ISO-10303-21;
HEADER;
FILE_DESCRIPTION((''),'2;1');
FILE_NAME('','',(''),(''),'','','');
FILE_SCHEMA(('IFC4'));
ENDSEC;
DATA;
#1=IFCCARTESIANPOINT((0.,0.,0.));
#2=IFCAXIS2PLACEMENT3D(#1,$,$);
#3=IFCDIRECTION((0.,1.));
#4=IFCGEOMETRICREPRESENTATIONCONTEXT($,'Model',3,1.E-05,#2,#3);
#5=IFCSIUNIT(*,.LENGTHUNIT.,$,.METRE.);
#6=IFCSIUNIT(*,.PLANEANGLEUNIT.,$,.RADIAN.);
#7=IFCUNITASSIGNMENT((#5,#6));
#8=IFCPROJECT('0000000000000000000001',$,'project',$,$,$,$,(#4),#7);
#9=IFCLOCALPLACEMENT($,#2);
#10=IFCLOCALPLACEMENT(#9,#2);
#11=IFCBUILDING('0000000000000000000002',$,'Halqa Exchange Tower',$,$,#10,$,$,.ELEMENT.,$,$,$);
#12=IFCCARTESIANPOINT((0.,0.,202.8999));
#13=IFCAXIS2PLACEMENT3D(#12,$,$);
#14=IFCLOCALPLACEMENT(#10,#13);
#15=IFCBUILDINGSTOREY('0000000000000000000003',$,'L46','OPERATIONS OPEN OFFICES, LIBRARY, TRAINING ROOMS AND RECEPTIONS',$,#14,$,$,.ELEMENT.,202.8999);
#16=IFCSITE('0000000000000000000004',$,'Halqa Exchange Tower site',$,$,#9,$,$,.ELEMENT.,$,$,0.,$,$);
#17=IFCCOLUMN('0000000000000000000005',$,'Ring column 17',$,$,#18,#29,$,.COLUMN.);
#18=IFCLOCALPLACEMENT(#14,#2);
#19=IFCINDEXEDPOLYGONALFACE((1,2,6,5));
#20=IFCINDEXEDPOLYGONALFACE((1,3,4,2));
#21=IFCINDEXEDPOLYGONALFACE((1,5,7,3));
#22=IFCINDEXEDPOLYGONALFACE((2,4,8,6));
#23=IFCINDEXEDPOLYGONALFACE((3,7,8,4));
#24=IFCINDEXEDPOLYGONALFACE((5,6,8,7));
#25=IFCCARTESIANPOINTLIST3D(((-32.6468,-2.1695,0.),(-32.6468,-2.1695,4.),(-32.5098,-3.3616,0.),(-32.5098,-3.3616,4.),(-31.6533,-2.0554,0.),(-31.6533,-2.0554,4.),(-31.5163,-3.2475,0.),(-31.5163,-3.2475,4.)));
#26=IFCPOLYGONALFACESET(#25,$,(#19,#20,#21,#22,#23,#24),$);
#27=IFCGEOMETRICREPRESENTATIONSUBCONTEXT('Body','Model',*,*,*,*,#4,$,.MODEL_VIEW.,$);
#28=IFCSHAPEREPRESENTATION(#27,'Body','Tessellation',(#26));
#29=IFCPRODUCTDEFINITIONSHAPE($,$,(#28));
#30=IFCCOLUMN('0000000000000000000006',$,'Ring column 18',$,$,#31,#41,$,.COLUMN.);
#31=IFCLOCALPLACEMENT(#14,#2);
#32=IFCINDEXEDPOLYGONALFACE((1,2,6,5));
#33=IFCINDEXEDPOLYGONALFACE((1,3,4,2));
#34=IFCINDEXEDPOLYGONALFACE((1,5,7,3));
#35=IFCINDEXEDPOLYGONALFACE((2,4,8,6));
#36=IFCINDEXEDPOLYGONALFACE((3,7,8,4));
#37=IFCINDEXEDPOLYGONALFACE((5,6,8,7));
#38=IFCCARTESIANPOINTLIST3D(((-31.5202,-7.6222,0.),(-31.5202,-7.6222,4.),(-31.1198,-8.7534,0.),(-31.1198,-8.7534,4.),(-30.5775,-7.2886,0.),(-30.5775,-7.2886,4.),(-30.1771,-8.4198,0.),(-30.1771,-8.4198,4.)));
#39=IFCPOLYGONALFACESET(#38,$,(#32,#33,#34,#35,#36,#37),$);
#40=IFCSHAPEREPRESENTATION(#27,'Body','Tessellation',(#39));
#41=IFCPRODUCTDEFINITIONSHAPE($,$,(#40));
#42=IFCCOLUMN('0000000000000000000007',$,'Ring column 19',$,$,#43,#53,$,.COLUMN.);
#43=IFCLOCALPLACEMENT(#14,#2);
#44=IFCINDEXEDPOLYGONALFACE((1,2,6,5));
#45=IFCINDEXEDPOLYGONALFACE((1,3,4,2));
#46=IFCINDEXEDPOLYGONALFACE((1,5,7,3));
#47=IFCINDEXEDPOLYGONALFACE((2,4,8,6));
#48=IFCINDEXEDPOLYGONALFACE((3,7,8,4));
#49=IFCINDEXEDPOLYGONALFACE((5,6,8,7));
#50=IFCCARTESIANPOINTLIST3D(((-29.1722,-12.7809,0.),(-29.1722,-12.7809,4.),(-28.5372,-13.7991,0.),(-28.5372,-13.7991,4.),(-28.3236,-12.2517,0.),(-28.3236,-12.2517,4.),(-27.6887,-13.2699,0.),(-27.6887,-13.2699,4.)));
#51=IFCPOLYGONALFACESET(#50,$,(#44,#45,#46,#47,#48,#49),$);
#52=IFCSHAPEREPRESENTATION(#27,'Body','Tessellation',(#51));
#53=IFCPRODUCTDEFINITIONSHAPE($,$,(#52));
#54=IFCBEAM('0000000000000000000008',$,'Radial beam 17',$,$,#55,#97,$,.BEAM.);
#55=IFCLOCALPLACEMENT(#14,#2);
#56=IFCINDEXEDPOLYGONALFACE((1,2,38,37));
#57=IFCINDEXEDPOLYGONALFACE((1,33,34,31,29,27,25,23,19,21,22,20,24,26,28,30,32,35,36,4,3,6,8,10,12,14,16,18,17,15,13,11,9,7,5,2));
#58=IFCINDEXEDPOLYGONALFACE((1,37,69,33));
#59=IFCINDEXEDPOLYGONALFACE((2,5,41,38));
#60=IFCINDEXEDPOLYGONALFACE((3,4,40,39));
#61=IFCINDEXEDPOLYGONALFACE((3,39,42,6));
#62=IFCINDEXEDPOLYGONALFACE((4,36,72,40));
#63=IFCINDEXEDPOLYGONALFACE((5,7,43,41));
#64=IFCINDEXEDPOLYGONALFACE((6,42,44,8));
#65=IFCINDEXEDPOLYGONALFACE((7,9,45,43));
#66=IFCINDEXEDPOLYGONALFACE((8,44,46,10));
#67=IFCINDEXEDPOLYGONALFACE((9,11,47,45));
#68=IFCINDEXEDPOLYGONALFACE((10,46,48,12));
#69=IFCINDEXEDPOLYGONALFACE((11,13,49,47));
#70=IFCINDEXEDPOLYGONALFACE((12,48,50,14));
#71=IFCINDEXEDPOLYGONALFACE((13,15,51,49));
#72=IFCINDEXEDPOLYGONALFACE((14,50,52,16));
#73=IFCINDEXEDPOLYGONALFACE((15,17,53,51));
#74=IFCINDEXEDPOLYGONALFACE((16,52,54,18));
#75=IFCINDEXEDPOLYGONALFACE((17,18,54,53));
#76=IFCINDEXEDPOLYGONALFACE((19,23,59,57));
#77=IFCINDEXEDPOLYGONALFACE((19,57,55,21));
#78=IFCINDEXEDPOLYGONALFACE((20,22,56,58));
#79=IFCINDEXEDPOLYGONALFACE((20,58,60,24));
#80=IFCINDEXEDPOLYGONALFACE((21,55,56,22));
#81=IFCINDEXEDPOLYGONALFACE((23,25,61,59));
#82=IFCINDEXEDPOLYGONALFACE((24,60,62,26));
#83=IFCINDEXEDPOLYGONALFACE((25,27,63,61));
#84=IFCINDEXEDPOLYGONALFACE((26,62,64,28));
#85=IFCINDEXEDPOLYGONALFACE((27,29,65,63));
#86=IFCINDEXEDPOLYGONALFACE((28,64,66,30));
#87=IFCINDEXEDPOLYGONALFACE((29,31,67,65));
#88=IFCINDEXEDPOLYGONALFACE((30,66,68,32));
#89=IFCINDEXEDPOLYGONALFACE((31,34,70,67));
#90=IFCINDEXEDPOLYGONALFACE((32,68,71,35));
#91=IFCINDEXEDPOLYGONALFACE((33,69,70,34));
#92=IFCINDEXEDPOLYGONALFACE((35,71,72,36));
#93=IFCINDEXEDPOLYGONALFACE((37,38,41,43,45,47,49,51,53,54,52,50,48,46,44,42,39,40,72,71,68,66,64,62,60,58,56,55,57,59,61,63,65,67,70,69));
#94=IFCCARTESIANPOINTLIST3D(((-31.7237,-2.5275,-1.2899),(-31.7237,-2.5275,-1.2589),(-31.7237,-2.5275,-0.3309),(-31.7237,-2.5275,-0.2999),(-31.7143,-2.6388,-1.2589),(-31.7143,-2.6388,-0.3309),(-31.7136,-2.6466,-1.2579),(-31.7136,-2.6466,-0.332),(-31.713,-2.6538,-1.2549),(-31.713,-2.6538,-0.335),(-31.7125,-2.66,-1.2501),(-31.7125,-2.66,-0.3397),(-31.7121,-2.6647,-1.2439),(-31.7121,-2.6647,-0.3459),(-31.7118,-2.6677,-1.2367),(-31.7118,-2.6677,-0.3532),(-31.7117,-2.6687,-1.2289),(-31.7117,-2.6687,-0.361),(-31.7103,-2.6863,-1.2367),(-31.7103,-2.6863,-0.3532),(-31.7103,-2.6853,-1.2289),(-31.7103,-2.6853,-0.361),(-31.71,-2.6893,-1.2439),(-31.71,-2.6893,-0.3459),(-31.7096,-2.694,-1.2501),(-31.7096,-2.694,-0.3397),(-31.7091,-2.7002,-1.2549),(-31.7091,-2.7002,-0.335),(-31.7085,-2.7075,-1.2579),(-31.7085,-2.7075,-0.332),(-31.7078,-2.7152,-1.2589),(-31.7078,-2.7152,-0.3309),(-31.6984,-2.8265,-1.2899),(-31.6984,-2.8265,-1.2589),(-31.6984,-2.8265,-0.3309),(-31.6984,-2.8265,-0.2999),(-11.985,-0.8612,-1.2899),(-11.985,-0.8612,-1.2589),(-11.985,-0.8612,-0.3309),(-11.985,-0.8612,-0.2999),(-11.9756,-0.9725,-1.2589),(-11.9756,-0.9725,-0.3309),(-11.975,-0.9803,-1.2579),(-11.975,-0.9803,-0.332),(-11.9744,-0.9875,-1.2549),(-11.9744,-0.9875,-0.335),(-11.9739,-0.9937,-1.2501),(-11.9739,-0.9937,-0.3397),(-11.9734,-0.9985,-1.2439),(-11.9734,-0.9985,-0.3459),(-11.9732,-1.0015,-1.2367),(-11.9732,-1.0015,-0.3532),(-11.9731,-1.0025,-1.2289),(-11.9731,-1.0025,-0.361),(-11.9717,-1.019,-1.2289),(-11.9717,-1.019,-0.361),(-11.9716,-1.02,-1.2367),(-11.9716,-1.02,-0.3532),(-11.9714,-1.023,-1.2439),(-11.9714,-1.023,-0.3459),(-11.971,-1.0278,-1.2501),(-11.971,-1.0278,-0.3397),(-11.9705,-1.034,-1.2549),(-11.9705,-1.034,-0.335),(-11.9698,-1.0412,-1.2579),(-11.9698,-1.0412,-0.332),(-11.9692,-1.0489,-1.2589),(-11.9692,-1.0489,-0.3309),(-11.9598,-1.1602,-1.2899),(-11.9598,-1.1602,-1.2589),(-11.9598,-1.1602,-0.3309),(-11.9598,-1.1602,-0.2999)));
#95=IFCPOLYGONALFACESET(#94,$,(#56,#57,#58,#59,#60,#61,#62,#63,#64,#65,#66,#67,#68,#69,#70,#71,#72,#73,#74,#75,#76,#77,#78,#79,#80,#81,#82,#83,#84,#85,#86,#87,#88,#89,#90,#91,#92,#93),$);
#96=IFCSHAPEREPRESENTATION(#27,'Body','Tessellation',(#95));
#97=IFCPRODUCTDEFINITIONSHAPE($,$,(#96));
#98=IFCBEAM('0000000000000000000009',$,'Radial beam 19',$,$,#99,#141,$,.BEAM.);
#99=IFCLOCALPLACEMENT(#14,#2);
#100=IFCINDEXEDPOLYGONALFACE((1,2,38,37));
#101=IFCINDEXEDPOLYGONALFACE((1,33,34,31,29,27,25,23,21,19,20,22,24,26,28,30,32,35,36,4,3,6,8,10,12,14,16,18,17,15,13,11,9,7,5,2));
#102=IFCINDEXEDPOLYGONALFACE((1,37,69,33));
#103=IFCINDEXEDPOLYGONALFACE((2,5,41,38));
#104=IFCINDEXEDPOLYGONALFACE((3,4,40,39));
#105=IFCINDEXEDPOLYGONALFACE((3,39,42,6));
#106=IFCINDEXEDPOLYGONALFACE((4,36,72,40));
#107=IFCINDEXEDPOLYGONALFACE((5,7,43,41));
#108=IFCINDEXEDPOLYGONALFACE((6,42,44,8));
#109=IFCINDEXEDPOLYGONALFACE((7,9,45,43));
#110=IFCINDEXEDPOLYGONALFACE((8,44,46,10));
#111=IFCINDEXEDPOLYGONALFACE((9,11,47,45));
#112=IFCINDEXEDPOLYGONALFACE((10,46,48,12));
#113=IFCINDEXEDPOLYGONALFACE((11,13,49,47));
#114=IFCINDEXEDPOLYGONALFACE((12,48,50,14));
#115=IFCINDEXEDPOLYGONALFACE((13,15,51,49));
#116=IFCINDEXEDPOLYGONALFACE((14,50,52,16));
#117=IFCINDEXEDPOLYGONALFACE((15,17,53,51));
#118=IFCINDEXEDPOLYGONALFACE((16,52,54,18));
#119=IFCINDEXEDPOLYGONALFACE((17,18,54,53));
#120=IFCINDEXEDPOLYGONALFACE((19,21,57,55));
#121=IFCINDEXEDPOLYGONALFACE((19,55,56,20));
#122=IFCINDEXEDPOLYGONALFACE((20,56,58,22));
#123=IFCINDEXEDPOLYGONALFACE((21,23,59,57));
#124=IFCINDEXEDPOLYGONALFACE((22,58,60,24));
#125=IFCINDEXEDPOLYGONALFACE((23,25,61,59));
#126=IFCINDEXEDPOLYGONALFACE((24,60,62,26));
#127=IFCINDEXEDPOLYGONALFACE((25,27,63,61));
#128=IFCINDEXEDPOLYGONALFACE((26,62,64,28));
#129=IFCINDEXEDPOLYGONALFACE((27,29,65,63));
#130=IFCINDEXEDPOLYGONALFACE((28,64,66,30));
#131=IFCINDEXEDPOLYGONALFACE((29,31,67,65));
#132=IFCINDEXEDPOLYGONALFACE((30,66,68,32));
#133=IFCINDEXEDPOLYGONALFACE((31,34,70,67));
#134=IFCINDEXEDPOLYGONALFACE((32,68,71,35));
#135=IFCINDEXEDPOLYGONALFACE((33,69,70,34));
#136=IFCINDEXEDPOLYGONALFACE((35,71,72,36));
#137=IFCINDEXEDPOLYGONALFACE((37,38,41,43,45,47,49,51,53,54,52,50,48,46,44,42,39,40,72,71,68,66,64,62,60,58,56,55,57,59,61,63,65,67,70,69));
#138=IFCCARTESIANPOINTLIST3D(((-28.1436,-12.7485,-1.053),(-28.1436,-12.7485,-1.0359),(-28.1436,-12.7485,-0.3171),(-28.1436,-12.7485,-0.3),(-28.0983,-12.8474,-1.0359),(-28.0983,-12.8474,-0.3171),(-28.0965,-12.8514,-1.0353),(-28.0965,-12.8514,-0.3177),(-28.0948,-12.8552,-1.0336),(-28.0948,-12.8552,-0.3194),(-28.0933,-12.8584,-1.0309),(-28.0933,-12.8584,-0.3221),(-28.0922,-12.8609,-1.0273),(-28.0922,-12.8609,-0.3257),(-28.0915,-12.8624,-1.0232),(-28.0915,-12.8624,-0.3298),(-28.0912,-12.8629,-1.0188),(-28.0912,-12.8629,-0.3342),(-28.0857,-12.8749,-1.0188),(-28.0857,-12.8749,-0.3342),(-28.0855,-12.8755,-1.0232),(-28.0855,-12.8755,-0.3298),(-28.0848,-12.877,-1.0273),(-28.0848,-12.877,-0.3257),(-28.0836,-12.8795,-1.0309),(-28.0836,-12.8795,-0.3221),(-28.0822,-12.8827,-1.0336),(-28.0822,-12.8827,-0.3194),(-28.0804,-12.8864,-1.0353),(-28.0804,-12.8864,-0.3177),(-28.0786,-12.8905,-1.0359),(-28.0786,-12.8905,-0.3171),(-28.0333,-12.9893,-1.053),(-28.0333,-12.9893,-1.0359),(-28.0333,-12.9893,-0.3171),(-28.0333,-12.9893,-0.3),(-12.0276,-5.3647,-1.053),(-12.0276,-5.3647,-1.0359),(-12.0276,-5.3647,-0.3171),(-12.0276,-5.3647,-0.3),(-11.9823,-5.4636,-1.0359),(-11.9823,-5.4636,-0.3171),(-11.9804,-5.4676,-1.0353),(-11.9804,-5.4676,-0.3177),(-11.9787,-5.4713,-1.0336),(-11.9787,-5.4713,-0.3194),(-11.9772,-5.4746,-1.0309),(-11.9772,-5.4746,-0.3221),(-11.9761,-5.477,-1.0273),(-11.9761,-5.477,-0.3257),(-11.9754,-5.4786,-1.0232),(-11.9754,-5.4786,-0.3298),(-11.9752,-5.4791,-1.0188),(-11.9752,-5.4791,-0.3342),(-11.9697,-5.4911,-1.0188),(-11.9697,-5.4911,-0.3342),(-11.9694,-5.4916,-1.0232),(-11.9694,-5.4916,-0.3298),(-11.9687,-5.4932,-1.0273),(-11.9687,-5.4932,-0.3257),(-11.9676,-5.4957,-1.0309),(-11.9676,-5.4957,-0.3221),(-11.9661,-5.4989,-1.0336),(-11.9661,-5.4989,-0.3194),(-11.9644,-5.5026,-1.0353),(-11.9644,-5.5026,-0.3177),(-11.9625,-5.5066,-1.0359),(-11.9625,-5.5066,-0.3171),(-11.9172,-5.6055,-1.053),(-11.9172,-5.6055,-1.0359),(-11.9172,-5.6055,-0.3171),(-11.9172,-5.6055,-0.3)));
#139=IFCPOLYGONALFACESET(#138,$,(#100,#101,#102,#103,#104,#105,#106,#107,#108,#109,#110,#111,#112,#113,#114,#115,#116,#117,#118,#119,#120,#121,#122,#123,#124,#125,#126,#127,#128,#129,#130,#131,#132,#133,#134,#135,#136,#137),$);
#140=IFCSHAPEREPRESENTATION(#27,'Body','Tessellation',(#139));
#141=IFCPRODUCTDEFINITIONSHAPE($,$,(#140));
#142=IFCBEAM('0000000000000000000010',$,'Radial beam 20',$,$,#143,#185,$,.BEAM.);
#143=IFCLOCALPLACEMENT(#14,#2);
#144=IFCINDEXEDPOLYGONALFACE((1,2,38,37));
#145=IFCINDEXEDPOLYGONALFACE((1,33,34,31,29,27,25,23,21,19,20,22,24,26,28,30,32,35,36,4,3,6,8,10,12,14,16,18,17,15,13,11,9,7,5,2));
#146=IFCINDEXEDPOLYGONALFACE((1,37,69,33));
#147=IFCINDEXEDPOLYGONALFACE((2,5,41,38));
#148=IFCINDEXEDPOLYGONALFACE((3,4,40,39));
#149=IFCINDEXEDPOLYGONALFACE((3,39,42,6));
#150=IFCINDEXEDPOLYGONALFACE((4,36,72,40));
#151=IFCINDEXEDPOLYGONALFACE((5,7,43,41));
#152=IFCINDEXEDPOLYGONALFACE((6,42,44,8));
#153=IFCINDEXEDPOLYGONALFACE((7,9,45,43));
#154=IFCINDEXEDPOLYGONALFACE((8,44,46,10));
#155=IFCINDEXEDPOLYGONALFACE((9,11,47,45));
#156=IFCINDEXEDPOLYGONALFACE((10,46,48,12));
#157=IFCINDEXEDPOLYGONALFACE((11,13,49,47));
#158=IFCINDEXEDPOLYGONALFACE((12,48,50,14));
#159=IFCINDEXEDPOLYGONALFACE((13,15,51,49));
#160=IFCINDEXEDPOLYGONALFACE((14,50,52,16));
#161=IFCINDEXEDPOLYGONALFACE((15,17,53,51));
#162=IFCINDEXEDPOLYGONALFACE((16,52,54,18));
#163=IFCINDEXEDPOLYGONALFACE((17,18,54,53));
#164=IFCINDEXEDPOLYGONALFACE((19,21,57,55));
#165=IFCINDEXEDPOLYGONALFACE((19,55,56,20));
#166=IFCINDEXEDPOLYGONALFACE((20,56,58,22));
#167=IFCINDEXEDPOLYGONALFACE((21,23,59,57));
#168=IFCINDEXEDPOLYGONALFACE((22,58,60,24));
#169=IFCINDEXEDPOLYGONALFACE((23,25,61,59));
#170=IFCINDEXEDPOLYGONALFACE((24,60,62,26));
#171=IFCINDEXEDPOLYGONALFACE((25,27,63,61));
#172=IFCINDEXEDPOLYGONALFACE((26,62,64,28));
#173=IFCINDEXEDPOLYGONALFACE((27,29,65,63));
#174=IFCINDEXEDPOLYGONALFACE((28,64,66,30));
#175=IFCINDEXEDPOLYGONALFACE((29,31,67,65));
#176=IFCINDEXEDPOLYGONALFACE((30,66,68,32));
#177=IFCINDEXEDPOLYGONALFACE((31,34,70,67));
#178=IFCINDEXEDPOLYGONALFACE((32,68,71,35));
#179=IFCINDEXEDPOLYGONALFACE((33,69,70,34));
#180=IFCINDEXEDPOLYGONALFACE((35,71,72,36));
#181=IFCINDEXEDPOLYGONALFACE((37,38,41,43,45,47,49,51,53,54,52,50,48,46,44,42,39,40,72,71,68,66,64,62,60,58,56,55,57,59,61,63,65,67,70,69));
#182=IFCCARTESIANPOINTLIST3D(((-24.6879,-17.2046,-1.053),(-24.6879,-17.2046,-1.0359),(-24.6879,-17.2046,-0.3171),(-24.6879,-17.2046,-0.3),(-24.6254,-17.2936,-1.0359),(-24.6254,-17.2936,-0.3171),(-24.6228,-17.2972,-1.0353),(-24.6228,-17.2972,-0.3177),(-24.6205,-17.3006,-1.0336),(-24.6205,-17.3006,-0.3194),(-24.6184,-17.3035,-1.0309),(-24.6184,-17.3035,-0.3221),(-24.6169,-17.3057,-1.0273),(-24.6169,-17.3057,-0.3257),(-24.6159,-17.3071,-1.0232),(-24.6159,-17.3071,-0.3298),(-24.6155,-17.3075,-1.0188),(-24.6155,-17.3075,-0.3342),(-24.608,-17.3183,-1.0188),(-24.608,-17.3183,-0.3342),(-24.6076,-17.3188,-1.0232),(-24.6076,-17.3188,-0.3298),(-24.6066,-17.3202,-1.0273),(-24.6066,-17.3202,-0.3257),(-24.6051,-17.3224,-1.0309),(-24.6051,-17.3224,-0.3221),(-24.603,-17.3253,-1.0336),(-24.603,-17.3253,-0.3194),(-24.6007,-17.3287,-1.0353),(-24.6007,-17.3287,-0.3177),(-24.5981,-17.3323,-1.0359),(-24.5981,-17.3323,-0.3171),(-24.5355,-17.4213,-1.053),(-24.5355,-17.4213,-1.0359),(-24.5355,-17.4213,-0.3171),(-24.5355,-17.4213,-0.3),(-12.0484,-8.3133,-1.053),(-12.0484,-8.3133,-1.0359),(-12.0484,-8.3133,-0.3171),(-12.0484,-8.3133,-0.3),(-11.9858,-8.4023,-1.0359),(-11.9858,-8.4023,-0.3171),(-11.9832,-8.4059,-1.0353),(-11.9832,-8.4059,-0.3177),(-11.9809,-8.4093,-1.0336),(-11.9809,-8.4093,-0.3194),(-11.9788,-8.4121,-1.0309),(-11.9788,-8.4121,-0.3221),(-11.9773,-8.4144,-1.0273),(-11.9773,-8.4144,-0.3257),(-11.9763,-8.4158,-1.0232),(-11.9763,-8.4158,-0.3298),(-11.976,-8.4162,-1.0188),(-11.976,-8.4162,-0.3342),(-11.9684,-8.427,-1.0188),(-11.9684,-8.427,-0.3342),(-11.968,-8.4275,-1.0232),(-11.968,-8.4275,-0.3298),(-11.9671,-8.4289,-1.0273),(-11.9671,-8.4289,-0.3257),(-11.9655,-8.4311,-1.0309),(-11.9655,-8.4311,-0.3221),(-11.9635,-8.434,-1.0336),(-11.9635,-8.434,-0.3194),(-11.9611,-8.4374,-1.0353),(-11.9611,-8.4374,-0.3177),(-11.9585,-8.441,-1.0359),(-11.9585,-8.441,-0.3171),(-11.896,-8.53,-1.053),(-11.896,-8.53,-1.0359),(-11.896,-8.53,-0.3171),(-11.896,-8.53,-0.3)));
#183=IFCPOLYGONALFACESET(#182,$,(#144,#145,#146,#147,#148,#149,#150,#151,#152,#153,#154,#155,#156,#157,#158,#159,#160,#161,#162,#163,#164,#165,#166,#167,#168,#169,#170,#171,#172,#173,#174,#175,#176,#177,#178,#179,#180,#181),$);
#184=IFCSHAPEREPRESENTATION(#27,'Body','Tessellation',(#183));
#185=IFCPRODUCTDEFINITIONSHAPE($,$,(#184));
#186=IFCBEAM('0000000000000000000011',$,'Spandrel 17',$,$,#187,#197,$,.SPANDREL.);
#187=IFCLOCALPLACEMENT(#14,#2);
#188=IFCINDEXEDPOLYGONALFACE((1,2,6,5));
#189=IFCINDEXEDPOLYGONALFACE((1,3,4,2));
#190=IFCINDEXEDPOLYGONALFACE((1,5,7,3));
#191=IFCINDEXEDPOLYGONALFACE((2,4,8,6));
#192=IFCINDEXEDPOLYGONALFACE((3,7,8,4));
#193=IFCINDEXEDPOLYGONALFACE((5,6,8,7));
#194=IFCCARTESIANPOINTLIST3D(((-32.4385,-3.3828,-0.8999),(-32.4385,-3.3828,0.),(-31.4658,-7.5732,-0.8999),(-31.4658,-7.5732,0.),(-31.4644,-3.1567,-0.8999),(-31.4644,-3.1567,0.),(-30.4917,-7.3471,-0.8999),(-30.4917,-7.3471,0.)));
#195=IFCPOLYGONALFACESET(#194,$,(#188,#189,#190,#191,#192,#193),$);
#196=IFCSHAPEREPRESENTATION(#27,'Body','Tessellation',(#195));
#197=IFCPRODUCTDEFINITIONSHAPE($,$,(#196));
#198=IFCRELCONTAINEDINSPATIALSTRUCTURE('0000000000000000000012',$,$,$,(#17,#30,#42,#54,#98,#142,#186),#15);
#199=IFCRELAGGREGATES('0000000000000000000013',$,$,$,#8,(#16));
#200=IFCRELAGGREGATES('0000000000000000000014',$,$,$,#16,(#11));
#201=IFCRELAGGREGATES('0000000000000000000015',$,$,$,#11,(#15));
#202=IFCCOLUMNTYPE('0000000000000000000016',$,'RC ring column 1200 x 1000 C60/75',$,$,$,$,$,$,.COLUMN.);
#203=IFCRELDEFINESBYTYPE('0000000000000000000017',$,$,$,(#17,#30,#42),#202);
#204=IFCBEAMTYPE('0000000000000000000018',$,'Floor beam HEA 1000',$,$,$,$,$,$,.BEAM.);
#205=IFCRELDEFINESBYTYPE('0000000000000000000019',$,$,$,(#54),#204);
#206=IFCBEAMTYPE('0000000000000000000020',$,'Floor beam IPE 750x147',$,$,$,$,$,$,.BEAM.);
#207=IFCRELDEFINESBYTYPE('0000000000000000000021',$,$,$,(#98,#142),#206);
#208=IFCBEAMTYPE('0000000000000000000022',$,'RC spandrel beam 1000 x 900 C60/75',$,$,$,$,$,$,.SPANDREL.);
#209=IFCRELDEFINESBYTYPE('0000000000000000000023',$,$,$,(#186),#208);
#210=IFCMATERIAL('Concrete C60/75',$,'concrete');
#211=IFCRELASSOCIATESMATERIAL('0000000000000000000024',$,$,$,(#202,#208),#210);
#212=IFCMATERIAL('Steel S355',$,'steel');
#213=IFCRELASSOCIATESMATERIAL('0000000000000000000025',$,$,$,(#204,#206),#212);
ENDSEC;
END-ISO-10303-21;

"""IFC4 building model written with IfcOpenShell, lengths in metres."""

from ifc_helpers import new_model, si_unit, direction, frame, origin, origin_2d, place, context, subcontext, project, spatial, rectangle, i_section, extrude, material, material_profile, profile_set, type_object, element, save


model = new_model("IFC4")

# Units and contexts
model_context = context("Model", 3, precision=1e-05, world=origin(), true_north=direction((0.0, 1.0)))
body_context = subcontext(model_context, "Body", "Model", "MODEL_VIEW")
ifc_project = project(units=[si_unit("LENGTHUNIT", "METRE"), si_unit("PLANEANGLEUNIT", "RADIAN")], contexts=[model_context])

# Site, building, storey
site_placement = place(None, origin())
site = spatial("IfcSite", under=ifc_project, at=site_placement, Name="Halqa Exchange Tower site", CompositionType="ELEMENT", RefElevation=0.0)
building_placement = place(site_placement, origin())
building = spatial("IfcBuilding", under=site, at=building_placement, Name="Halqa Exchange Tower", CompositionType="ELEMENT")
storey_placement = place(building_placement, frame((0.0, 0.0, 202.8999)))
storey = spatial("IfcBuildingStorey", under=building, at=storey_placement, Name="L46", Description="OPERATIONS OPEN OFFICES, LIBRARY, TRAINING ROOMS AND RECEPTIONS", CompositionType="ELEMENT", Elevation=202.8999)

# Columns
ifc_material_1 = material(Name="Concrete C60/75", Category="concrete")
ifc_material_profile_1 = material_profile(ifc_material_1, rectangle(XDim=1.2, YDim=1.0, at=origin_2d()), Name="1200 x 1000")
ifc_profile_set_1 = profile_set([ifc_material_profile_1], Name="Concrete C60/75")
column_type = type_object("IfcColumnType", Name="RC ring column 1200 x 1000 C60/75", PredefinedType="COLUMN", material=ifc_profile_set_1)
for number, where, z_axis, x_axis, name in (
    (1, (-32.0815, -2.7085, 0.0), (0.0, 0.0, 1.0), (0.114157, -0.993463, 0.0), "Ring column 17"),
    (2, (-30.8486, -8.021, 0.0), (0.0, 0.0, 1.0), (0.333632, -0.942703, 0.0), "Ring column 18"),
    (3, (-28.4304, -13.0254, 0.0), (0.0, 0.0, 1.0), (0.529143, -0.848532, 0.0), "Ring column 19"),
):
    element("IfcColumn", number, at=place(storey_placement, frame(where, z_axis=z_axis, x_axis=x_axis)), inside=storey, type_object=column_type, Name=name, PredefinedType="COLUMN", context=body_context, shape_type="SweptSolid", body=[
        extrude(rectangle(XDim=1.2, YDim=1.0, at=origin_2d()), origin(), (0.0, 0.0, 1.0), 4.0),
    ])

# Beams
ifc_material_2 = material(Name="Steel S355", Category="steel")
ifc_material_profile_2 = material_profile(ifc_material_2, i_section(OverallWidth=0.3, OverallDepth=0.99, WebThickness=0.0166, FlangeThickness=0.031, FilletRadius=0.03, at=origin_2d()), Name="HEA 1000")
ifc_profile_set_2 = profile_set([ifc_material_profile_2], Name="Steel S355")
beam_type_1 = type_object("IfcBeamType", Name="Floor beam HEA 1000", PredefinedType="BEAM", material=ifc_profile_set_2)
beam_1_placement = place(storey_placement, frame((-11.9724, -1.0107, -0.7949), z_axis=(-0.996456, -0.084117, 0.0), x_axis=(0.084117, -0.996456, 0.0)))
element("IfcBeam", 4, at=beam_1_placement, inside=storey, type_object=beam_type_1, Name="Radial beam 17", PredefinedType="BEAM", context=body_context, shape_type="SweptSolid", body=[
    extrude(i_section(OverallWidth=0.3, OverallDepth=0.99, WebThickness=0.0166, FlangeThickness=0.031, FilletRadius=0.03, at=origin_2d()), origin(), (0.0, 0.0, 1.0), 19.8088),
])
ifc_material_profile_3 = material_profile(ifc_material_2, i_section(OverallWidth=0.2649, OverallDepth=0.7529, WebThickness=0.0132, FlangeThickness=0.0171, FilletRadius=0.0171, at=origin_2d()), Name="IPE 750x147")
ifc_profile_set_3 = profile_set([ifc_material_profile_3], Name="Steel S355")
beam_type_2 = type_object("IfcBeamType", Name="Floor beam IPE 750x147", PredefinedType="BEAM", material=ifc_profile_set_3)
beam_2_placement = place(storey_placement, frame((-11.9724, -5.4851, -0.6765), z_axis=(-0.909122, -0.416529, 0.0), x_axis=(0.416529, -0.909122, 0.0)))
element("IfcBeam", 5, at=beam_2_placement, inside=storey, type_object=beam_type_2, Name="Radial beam 19", PredefinedType="BEAM", context=body_context, shape_type="SweptSolid", body=[
    extrude(i_section(OverallWidth=0.2649, OverallDepth=0.7529, WebThickness=0.0132, FlangeThickness=0.0171, FilletRadius=0.0171, at=origin_2d()), origin(), (0.0, 0.0, 1.0), 17.7271),
])
beam_3_placement = place(storey_placement, frame((-11.9722, -8.4216, -0.6765), z_axis=(-0.817904, -0.575354, 0.0), x_axis=(0.575354, -0.817904, 0.0)))
element("IfcBeam", 6, at=beam_3_placement, inside=storey, type_object=beam_type_2, Name="Radial beam 20", PredefinedType="BEAM", context=body_context, shape_type="SweptSolid", body=[
    extrude(i_section(OverallWidth=0.2649, OverallDepth=0.7529, WebThickness=0.0132, FlangeThickness=0.0171, FilletRadius=0.0171, at=origin_2d()), origin(), (0.0, 0.0, 1.0), 15.4536),
])
ifc_material_profile_4 = material_profile(ifc_material_1, rectangle(XDim=1.0, YDim=0.8999, at=origin_2d()), Name="1000 x 900")
ifc_profile_set_4 = profile_set([ifc_material_profile_4], Name="Concrete C60/75")
beam_type_3 = type_object("IfcBeamType", Name="RC spandrel beam 1000 x 900 C60/75", PredefinedType="SPANDREL", material=ifc_profile_set_4)
beam_4_placement = place(storey_placement, frame((-31.9514, -3.2698, -0.45), z_axis=(0.226103, -0.974103, 0.0), x_axis=(0.974103, 0.226103, 0.0)))
element("IfcBeam", 7, at=beam_4_placement, inside=storey, type_object=beam_type_3, Name="Spandrel 17", PredefinedType="SPANDREL", context=body_context, shape_type="SweptSolid", body=[
    extrude(rectangle(XDim=1.0, YDim=0.8999, at=origin_2d()), origin(), (0.0, 0.0, 1.0), 4.3018),
])

save(model, "model.ifc")
